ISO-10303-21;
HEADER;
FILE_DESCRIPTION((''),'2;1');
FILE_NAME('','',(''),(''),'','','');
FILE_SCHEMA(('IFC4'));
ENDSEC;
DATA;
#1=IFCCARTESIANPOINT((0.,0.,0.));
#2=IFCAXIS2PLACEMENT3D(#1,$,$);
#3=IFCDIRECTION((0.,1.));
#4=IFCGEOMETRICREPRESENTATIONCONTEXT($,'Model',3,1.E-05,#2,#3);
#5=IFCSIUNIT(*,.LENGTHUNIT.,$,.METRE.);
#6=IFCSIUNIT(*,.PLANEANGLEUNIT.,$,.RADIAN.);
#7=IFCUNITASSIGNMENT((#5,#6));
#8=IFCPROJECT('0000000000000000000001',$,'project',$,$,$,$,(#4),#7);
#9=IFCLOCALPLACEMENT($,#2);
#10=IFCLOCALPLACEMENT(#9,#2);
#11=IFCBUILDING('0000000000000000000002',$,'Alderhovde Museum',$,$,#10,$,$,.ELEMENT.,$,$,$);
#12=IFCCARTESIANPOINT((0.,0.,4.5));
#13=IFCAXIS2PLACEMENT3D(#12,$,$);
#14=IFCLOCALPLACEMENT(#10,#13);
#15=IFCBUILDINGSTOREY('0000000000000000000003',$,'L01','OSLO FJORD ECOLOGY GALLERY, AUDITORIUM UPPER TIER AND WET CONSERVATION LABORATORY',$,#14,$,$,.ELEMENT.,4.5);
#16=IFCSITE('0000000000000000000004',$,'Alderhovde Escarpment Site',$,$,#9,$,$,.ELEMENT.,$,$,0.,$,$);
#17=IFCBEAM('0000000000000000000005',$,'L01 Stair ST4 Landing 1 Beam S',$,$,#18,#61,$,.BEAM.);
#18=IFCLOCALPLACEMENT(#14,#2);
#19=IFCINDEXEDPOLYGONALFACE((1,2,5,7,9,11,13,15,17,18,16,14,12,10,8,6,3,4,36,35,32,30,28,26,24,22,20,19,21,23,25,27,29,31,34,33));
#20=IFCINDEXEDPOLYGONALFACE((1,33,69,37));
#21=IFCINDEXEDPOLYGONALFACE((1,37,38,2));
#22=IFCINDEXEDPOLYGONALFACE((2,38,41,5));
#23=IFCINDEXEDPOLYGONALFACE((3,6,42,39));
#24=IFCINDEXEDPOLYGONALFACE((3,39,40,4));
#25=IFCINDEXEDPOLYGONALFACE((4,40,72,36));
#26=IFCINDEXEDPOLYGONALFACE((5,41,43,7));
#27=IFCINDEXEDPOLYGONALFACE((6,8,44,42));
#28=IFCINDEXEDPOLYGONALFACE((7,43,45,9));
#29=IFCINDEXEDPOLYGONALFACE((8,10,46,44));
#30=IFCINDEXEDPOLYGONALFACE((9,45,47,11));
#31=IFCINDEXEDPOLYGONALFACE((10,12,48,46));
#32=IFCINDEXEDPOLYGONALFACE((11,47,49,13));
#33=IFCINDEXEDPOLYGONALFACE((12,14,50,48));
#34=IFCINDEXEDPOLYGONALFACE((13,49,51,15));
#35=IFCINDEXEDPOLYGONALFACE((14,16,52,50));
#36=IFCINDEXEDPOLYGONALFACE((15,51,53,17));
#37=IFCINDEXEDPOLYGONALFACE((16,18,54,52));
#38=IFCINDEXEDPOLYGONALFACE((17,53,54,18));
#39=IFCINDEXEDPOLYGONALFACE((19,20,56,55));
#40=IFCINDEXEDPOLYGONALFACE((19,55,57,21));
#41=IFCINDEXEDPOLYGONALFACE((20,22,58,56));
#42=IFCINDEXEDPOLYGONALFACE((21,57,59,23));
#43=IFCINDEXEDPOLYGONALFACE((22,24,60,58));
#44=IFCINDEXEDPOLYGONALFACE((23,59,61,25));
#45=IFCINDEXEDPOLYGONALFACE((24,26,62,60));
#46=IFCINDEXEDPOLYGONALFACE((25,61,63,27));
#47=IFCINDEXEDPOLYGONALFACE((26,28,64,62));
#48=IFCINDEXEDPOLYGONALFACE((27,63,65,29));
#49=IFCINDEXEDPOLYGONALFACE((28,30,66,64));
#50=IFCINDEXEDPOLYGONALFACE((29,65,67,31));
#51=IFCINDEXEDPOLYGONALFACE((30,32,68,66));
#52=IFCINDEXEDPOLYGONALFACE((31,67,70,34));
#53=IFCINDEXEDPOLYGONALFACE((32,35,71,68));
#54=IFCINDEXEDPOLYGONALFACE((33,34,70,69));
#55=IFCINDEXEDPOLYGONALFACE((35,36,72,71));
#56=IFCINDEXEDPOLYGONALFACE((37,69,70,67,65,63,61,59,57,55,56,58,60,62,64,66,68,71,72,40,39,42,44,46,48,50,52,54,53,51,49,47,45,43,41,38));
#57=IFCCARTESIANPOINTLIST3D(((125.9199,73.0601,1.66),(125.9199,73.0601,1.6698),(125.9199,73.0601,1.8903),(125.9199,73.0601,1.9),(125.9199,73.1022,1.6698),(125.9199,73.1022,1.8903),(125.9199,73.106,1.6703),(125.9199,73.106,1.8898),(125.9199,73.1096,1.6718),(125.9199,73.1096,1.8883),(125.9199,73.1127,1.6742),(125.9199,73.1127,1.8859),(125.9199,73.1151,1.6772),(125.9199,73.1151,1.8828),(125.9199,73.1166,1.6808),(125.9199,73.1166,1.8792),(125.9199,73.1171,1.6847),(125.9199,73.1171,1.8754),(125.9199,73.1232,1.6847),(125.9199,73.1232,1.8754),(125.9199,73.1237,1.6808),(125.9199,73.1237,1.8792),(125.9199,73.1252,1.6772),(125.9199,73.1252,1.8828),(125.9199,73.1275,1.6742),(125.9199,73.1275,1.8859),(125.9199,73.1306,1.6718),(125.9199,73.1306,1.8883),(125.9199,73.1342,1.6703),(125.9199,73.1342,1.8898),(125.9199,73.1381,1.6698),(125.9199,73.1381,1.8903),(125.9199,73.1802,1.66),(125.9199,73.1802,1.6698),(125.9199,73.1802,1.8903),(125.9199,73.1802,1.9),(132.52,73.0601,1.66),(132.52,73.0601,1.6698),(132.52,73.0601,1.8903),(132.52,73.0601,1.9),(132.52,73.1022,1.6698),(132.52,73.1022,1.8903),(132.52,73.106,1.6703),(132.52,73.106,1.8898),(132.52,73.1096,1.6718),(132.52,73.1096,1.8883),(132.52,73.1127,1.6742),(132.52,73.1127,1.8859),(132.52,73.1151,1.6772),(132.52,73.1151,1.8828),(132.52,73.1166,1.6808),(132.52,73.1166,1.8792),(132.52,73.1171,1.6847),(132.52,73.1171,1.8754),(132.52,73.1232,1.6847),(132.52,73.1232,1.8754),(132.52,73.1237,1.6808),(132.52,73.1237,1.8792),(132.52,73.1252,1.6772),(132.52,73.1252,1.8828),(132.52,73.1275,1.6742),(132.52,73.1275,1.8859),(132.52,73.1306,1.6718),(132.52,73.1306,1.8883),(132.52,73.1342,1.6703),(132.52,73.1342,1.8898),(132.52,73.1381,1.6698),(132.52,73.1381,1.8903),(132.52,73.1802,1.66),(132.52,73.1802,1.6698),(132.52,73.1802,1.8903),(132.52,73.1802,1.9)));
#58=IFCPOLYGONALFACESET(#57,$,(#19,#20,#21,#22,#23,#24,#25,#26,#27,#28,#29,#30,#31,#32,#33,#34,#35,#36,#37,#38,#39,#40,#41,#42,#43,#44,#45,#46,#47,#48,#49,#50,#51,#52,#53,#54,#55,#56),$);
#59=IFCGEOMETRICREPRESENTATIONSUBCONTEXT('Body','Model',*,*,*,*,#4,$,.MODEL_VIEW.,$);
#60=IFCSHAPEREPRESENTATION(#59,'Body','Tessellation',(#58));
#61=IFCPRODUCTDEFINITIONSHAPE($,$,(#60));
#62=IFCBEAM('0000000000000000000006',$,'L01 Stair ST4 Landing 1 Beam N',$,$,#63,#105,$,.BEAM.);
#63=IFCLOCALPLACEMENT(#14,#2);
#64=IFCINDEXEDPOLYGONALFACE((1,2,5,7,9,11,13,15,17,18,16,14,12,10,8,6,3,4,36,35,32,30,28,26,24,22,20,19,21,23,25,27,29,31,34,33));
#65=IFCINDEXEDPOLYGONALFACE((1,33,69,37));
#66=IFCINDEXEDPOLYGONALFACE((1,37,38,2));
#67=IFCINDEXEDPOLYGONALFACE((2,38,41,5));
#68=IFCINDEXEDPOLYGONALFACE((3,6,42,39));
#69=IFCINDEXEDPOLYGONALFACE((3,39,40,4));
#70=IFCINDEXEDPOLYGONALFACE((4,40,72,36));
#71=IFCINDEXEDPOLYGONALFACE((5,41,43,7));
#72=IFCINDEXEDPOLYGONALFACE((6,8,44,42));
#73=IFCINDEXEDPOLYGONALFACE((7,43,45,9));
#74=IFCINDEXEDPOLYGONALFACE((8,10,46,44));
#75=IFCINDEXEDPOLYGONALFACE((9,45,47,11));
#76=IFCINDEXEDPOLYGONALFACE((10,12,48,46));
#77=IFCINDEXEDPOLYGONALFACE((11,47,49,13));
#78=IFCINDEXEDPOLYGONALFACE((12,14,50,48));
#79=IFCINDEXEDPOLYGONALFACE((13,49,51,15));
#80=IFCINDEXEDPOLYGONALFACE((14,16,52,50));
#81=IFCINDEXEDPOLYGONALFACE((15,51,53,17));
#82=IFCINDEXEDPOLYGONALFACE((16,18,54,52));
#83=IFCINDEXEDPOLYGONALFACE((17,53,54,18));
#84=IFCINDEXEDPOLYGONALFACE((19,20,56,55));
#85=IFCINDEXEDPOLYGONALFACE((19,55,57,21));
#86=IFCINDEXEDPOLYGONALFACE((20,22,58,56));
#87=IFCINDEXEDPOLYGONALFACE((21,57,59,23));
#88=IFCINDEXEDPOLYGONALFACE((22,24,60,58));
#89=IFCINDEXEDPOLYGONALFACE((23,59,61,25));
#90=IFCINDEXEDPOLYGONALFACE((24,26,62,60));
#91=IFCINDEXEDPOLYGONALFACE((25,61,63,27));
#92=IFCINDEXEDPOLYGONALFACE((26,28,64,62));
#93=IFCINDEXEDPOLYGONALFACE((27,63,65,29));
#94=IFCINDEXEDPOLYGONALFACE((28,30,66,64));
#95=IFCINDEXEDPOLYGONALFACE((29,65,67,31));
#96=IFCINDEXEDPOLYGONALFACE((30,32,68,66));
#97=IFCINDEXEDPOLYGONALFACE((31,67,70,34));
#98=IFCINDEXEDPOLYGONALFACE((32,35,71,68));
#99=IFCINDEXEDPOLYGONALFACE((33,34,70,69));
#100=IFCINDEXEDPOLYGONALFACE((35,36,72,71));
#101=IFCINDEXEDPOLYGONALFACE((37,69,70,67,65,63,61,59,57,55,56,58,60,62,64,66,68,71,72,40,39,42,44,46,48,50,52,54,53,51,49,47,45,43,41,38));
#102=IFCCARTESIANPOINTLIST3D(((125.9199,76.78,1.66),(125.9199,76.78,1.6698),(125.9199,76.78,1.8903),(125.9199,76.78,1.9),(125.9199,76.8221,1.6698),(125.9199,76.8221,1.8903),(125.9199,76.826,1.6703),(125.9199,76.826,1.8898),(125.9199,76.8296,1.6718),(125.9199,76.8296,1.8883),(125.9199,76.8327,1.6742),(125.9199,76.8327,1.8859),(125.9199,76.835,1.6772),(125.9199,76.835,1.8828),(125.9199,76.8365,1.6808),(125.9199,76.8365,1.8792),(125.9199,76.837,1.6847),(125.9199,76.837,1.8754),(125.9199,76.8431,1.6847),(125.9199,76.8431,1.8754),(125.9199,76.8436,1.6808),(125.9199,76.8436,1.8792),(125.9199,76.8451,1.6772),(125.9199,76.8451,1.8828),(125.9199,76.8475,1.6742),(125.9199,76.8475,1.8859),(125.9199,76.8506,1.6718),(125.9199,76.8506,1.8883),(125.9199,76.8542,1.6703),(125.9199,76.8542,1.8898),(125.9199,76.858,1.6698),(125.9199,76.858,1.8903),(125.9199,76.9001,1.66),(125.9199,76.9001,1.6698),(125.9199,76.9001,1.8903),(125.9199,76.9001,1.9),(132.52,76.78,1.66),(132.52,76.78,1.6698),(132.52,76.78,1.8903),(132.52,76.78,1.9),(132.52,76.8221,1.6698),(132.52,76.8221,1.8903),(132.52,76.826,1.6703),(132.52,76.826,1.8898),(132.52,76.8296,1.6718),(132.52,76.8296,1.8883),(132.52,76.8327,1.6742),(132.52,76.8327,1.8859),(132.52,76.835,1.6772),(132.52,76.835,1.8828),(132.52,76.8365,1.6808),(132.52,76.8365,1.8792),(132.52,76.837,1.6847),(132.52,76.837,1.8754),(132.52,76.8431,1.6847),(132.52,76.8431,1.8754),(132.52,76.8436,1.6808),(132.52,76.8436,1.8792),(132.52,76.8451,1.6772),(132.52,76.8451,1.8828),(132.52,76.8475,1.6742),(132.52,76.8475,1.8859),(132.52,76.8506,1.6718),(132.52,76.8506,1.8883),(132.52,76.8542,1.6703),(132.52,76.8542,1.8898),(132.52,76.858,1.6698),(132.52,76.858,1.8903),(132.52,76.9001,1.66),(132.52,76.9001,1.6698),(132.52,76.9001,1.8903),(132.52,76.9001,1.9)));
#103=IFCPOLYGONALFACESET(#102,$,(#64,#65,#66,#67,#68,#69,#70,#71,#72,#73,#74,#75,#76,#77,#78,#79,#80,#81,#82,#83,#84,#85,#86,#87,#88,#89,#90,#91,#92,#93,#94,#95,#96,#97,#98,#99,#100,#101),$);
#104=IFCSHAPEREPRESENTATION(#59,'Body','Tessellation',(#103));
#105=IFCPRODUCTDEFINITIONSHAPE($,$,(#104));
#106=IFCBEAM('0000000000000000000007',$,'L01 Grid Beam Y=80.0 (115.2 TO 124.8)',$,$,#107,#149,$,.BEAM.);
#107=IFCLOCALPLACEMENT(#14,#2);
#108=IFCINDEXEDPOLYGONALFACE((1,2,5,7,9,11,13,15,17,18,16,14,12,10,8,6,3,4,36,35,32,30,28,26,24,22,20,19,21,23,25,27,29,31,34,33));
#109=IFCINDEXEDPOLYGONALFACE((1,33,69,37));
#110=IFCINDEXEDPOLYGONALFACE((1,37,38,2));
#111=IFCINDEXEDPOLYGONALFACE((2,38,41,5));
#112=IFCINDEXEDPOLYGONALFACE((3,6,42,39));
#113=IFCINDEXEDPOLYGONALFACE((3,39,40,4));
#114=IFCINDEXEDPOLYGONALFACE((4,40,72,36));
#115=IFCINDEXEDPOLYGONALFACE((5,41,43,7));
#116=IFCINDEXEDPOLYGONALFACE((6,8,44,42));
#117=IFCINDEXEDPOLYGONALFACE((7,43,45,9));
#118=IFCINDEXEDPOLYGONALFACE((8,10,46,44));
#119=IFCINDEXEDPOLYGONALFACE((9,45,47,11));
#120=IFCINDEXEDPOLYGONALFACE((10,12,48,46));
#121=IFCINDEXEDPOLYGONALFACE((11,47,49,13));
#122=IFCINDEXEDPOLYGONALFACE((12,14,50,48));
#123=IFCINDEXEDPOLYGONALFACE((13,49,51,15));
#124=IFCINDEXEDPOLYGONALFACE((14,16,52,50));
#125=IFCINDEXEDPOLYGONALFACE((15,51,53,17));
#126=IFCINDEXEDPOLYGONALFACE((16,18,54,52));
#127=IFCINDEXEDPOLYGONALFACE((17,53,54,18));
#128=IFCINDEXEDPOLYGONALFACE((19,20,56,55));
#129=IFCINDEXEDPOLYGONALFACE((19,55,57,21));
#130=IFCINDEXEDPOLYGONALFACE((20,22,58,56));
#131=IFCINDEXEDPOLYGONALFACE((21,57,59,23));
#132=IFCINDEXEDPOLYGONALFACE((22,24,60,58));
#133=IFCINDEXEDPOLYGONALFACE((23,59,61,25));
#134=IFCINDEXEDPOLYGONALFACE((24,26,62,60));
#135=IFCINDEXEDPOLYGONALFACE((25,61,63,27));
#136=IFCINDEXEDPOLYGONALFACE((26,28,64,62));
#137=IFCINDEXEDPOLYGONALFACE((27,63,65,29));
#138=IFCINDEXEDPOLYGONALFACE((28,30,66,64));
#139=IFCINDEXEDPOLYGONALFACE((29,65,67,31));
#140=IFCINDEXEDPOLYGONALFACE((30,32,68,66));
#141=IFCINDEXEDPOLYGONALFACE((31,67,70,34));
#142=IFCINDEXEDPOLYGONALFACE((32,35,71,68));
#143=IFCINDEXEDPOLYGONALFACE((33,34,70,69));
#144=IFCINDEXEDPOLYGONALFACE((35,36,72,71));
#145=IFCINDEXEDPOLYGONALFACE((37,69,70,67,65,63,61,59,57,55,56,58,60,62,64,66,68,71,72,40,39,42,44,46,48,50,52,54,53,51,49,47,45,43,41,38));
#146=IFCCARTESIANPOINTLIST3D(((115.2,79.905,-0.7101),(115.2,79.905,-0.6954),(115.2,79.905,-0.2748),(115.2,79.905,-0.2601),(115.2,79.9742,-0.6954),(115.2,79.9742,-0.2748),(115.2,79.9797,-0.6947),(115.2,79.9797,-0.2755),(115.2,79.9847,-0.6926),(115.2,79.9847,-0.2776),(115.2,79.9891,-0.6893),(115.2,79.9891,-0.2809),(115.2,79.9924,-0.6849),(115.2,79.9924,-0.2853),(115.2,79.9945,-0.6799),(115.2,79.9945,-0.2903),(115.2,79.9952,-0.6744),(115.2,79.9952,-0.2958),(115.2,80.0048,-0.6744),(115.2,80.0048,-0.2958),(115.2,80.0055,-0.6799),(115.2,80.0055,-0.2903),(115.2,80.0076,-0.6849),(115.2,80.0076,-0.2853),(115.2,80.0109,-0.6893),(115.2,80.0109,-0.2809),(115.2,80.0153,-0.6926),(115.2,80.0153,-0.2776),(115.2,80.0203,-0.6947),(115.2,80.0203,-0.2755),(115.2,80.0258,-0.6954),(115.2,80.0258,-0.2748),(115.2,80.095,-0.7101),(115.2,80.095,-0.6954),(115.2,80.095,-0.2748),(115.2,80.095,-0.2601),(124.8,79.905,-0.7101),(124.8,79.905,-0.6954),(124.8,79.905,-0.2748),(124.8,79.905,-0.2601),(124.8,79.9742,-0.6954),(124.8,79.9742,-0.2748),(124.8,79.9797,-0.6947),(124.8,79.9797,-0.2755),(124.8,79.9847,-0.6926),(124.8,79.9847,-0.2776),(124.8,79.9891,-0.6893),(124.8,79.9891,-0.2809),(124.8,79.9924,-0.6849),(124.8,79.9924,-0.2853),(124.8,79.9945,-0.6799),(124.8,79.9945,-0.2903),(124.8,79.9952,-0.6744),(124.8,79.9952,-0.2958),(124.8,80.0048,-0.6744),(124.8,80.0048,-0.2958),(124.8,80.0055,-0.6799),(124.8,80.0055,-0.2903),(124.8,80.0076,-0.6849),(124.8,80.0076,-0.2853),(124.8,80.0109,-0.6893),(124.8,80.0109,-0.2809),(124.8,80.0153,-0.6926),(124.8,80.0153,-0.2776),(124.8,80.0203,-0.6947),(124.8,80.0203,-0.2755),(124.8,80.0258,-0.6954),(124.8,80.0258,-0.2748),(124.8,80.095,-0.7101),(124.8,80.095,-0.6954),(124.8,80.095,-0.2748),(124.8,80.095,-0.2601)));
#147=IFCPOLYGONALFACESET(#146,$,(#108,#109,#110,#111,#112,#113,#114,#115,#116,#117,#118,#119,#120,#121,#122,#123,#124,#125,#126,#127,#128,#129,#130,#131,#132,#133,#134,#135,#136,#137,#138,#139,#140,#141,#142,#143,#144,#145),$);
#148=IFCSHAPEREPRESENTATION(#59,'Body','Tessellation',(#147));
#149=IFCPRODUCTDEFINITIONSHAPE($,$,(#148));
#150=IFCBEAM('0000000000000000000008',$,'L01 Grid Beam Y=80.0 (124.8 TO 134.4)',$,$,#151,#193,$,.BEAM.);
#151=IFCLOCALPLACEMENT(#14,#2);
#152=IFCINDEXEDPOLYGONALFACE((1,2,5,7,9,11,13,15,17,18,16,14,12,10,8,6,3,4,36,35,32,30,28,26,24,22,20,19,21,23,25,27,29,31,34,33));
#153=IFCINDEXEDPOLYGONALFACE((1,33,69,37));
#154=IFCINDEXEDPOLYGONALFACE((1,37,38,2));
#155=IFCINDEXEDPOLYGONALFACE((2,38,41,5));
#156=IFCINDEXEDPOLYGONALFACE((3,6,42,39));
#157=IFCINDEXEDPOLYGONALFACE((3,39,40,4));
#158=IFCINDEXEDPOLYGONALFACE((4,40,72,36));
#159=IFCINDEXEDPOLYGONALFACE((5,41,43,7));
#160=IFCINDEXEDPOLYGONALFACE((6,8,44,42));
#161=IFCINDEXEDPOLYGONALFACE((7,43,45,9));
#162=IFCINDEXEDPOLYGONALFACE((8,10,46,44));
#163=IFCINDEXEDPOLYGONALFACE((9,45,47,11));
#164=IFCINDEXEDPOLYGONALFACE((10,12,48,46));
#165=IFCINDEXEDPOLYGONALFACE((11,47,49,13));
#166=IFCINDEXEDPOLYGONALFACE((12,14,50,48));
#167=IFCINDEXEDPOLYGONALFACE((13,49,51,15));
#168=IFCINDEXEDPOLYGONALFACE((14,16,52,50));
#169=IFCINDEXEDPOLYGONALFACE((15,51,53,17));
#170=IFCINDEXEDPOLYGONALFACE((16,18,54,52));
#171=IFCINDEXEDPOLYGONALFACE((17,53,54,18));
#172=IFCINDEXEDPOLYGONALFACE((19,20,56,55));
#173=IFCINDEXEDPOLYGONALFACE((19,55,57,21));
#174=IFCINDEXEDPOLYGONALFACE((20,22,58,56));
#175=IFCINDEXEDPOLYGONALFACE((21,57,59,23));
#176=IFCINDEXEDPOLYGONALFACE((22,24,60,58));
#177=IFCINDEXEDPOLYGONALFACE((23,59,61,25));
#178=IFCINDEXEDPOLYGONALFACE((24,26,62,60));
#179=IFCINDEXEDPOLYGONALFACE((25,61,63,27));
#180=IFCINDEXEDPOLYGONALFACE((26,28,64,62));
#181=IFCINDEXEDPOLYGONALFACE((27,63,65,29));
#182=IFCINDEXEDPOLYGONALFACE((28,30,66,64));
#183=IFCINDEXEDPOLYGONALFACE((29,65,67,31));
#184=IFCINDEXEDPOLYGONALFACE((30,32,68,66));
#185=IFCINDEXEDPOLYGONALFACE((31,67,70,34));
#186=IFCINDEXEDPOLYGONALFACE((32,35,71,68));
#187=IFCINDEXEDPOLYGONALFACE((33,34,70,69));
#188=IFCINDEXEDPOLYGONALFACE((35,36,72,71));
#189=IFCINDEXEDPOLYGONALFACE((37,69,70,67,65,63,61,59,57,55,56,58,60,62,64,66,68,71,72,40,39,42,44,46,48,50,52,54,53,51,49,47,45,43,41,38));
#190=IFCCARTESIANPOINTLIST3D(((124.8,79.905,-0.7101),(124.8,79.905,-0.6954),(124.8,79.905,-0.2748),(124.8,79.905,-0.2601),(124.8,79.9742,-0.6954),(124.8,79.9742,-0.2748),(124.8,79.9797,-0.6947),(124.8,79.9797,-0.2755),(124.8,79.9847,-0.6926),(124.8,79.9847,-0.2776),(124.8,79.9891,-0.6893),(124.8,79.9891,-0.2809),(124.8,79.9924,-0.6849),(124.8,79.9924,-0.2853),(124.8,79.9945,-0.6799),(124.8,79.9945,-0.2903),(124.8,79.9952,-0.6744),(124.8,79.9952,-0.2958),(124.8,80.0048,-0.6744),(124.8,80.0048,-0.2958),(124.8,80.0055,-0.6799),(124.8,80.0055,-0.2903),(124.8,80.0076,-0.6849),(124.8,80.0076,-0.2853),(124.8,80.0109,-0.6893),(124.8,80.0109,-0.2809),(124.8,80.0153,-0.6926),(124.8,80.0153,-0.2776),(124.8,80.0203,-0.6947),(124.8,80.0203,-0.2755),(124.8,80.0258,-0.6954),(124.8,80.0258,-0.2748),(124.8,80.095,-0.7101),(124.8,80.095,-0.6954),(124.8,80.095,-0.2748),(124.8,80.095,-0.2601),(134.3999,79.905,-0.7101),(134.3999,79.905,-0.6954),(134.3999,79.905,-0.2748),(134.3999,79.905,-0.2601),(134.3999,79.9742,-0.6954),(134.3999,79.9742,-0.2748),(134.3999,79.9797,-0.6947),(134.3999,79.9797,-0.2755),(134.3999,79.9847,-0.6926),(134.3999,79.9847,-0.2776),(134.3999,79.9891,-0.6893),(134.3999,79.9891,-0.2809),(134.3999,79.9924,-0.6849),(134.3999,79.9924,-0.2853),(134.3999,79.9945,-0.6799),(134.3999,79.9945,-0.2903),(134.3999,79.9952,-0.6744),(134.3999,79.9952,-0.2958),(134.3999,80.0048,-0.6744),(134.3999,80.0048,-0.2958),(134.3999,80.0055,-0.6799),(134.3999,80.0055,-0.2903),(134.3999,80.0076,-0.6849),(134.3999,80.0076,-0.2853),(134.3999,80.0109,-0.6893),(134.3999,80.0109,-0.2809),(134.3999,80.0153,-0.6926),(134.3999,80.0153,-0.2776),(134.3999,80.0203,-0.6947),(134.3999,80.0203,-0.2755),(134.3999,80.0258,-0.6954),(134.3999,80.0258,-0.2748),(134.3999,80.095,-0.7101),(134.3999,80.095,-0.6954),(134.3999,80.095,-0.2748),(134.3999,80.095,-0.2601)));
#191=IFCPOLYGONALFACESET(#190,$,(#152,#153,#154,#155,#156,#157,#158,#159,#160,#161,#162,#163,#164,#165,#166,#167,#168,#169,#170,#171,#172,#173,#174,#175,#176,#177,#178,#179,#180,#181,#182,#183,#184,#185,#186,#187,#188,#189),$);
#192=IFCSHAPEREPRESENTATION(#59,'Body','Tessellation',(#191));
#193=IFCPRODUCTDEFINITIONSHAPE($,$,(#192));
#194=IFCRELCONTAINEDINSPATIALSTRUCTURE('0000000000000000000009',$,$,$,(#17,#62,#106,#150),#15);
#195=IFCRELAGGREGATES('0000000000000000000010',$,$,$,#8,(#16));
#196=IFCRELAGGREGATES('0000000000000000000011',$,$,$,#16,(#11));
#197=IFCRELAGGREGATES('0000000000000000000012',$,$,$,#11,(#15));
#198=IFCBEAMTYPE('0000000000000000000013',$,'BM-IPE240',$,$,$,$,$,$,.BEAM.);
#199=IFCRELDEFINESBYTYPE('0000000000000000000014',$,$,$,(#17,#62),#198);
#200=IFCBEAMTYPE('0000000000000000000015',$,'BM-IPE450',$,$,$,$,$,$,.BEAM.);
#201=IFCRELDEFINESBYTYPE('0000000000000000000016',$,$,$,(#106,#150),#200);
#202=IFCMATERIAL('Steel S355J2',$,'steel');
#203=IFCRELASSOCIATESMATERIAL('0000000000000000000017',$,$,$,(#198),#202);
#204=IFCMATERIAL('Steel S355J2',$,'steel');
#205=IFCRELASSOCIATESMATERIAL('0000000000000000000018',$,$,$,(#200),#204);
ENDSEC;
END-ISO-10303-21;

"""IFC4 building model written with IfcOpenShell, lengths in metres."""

from ifc_helpers import new_model, si_unit, direction, frame, origin, origin_2d, place, context, subcontext, project, spatial, i_section, extrude, material, material_profile, profile_set, type_object, element, save


model = new_model("IFC4")

# Units and contexts
model_context = context("Model", 3, precision=1e-05, world=origin(), true_north=direction((0.0, 1.0)))
body_context = subcontext(model_context, "Body", "Model", "MODEL_VIEW")
ifc_project = project(units=[si_unit("LENGTHUNIT", "METRE"), si_unit("PLANEANGLEUNIT", "RADIAN")], contexts=[model_context])

# Site, building, storey
site_placement = place(None, origin())
site = spatial("IfcSite", under=ifc_project, at=site_placement, Name="Alderhovde Escarpment Site", CompositionType="ELEMENT", RefElevation=0.0)
building_placement = place(site_placement, origin())
building = spatial("IfcBuilding", under=site, at=building_placement, Name="Alderhovde Museum", CompositionType="ELEMENT")
storey_placement = place(building_placement, frame((0.0, 0.0, 4.5)))
storey = spatial("IfcBuildingStorey", under=building, at=storey_placement, Name="L01", Description="OSLO FJORD ECOLOGY GALLERY, AUDITORIUM UPPER TIER AND WET CONSERVATION LABORATORY", CompositionType="ELEMENT", Elevation=4.5)

# Beams
ifc_material_1 = material(Name="Steel S355J2", Category="steel")
ifc_material_profile_1 = material_profile(ifc_material_1, i_section(OverallWidth=0.1201, OverallDepth=0.24, WebThickness=0.0061, FlangeThickness=0.0098, FilletRadius=0.0149, at=origin_2d()), Name="IPE 240")
ifc_profile_set_1 = profile_set([ifc_material_profile_1], Name="Steel S355J2")
beam_type_1 = type_object("IfcBeamType", Name="BM-IPE240", PredefinedType="BEAM", material=ifc_profile_set_1)
for number, where, z_axis, x_axis, name in (
    (1, (125.9199, 73.1201, 1.78), (1.0, 0.0, 0.0), (0.0, 1.0, 0.0), "L01 Stair ST4 Landing 1 Beam S"),
    (2, (125.9199, 76.8401, 1.78), (1.0, 0.0, 0.0), (0.0, 1.0, 0.0), "L01 Stair ST4 Landing 1 Beam N"),
):
    element("IfcBeam", number, at=place(storey_placement, frame(where, z_axis=z_axis, x_axis=x_axis)), inside=storey, type_object=beam_type_1, Name=name, PredefinedType="BEAM", context=body_context, shape_type="SweptSolid", body=[
        extrude(i_section(OverallWidth=0.1201, OverallDepth=0.24, WebThickness=0.0061, FlangeThickness=0.0098, FilletRadius=0.0149, at=origin_2d()), origin(), (0.0, 0.0, 1.0), 6.6001),
    ])
ifc_material_2 = material(Name="Steel S355J2", Category="steel")
ifc_material_profile_2 = material_profile(ifc_material_2, i_section(OverallWidth=0.1899, OverallDepth=0.45, WebThickness=0.0095, FlangeThickness=0.0146, FilletRadius=0.021, at=origin_2d()), Name="IPE 450")
ifc_profile_set_2 = profile_set([ifc_material_profile_2], Name="Steel S355J2")
beam_type_2 = type_object("IfcBeamType", Name="BM-IPE450", PredefinedType="BEAM", material=ifc_profile_set_2)
beam_1_placement = place(storey_placement, frame((115.2, 80.0, -0.4851), z_axis=(1.0, 0.0, 0.0), x_axis=(0.0, 1.0, 0.0)))
element("IfcBeam", 3, at=beam_1_placement, inside=storey, type_object=beam_type_2, Name="L01 Grid Beam Y=80.0 (115.2 TO 124.8)", PredefinedType="BEAM", context=body_context, shape_type="SweptSolid", body=[
    extrude(i_section(OverallWidth=0.1899, OverallDepth=0.45, WebThickness=0.0095, FlangeThickness=0.0146, FilletRadius=0.021, at=origin_2d()), origin(), (0.0, 0.0, 1.0), 9.6001),
])
beam_2_placement = place(storey_placement, frame((124.8, 80.0, -0.4851), z_axis=(1.0, 0.0, 0.0), x_axis=(0.0, 1.0, 0.0)))
element("IfcBeam", 4, at=beam_2_placement, inside=storey, type_object=beam_type_2, Name="L01 Grid Beam Y=80.0 (124.8 TO 134.4)", PredefinedType="BEAM", context=body_context, shape_type="SweptSolid", body=[
    extrude(i_section(OverallWidth=0.1899, OverallDepth=0.45, WebThickness=0.0095, FlangeThickness=0.0146, FilletRadius=0.021, at=origin_2d()), origin(), (0.0, 0.0, 1.0), 9.5999),
])

save(model, "model.ifc")
